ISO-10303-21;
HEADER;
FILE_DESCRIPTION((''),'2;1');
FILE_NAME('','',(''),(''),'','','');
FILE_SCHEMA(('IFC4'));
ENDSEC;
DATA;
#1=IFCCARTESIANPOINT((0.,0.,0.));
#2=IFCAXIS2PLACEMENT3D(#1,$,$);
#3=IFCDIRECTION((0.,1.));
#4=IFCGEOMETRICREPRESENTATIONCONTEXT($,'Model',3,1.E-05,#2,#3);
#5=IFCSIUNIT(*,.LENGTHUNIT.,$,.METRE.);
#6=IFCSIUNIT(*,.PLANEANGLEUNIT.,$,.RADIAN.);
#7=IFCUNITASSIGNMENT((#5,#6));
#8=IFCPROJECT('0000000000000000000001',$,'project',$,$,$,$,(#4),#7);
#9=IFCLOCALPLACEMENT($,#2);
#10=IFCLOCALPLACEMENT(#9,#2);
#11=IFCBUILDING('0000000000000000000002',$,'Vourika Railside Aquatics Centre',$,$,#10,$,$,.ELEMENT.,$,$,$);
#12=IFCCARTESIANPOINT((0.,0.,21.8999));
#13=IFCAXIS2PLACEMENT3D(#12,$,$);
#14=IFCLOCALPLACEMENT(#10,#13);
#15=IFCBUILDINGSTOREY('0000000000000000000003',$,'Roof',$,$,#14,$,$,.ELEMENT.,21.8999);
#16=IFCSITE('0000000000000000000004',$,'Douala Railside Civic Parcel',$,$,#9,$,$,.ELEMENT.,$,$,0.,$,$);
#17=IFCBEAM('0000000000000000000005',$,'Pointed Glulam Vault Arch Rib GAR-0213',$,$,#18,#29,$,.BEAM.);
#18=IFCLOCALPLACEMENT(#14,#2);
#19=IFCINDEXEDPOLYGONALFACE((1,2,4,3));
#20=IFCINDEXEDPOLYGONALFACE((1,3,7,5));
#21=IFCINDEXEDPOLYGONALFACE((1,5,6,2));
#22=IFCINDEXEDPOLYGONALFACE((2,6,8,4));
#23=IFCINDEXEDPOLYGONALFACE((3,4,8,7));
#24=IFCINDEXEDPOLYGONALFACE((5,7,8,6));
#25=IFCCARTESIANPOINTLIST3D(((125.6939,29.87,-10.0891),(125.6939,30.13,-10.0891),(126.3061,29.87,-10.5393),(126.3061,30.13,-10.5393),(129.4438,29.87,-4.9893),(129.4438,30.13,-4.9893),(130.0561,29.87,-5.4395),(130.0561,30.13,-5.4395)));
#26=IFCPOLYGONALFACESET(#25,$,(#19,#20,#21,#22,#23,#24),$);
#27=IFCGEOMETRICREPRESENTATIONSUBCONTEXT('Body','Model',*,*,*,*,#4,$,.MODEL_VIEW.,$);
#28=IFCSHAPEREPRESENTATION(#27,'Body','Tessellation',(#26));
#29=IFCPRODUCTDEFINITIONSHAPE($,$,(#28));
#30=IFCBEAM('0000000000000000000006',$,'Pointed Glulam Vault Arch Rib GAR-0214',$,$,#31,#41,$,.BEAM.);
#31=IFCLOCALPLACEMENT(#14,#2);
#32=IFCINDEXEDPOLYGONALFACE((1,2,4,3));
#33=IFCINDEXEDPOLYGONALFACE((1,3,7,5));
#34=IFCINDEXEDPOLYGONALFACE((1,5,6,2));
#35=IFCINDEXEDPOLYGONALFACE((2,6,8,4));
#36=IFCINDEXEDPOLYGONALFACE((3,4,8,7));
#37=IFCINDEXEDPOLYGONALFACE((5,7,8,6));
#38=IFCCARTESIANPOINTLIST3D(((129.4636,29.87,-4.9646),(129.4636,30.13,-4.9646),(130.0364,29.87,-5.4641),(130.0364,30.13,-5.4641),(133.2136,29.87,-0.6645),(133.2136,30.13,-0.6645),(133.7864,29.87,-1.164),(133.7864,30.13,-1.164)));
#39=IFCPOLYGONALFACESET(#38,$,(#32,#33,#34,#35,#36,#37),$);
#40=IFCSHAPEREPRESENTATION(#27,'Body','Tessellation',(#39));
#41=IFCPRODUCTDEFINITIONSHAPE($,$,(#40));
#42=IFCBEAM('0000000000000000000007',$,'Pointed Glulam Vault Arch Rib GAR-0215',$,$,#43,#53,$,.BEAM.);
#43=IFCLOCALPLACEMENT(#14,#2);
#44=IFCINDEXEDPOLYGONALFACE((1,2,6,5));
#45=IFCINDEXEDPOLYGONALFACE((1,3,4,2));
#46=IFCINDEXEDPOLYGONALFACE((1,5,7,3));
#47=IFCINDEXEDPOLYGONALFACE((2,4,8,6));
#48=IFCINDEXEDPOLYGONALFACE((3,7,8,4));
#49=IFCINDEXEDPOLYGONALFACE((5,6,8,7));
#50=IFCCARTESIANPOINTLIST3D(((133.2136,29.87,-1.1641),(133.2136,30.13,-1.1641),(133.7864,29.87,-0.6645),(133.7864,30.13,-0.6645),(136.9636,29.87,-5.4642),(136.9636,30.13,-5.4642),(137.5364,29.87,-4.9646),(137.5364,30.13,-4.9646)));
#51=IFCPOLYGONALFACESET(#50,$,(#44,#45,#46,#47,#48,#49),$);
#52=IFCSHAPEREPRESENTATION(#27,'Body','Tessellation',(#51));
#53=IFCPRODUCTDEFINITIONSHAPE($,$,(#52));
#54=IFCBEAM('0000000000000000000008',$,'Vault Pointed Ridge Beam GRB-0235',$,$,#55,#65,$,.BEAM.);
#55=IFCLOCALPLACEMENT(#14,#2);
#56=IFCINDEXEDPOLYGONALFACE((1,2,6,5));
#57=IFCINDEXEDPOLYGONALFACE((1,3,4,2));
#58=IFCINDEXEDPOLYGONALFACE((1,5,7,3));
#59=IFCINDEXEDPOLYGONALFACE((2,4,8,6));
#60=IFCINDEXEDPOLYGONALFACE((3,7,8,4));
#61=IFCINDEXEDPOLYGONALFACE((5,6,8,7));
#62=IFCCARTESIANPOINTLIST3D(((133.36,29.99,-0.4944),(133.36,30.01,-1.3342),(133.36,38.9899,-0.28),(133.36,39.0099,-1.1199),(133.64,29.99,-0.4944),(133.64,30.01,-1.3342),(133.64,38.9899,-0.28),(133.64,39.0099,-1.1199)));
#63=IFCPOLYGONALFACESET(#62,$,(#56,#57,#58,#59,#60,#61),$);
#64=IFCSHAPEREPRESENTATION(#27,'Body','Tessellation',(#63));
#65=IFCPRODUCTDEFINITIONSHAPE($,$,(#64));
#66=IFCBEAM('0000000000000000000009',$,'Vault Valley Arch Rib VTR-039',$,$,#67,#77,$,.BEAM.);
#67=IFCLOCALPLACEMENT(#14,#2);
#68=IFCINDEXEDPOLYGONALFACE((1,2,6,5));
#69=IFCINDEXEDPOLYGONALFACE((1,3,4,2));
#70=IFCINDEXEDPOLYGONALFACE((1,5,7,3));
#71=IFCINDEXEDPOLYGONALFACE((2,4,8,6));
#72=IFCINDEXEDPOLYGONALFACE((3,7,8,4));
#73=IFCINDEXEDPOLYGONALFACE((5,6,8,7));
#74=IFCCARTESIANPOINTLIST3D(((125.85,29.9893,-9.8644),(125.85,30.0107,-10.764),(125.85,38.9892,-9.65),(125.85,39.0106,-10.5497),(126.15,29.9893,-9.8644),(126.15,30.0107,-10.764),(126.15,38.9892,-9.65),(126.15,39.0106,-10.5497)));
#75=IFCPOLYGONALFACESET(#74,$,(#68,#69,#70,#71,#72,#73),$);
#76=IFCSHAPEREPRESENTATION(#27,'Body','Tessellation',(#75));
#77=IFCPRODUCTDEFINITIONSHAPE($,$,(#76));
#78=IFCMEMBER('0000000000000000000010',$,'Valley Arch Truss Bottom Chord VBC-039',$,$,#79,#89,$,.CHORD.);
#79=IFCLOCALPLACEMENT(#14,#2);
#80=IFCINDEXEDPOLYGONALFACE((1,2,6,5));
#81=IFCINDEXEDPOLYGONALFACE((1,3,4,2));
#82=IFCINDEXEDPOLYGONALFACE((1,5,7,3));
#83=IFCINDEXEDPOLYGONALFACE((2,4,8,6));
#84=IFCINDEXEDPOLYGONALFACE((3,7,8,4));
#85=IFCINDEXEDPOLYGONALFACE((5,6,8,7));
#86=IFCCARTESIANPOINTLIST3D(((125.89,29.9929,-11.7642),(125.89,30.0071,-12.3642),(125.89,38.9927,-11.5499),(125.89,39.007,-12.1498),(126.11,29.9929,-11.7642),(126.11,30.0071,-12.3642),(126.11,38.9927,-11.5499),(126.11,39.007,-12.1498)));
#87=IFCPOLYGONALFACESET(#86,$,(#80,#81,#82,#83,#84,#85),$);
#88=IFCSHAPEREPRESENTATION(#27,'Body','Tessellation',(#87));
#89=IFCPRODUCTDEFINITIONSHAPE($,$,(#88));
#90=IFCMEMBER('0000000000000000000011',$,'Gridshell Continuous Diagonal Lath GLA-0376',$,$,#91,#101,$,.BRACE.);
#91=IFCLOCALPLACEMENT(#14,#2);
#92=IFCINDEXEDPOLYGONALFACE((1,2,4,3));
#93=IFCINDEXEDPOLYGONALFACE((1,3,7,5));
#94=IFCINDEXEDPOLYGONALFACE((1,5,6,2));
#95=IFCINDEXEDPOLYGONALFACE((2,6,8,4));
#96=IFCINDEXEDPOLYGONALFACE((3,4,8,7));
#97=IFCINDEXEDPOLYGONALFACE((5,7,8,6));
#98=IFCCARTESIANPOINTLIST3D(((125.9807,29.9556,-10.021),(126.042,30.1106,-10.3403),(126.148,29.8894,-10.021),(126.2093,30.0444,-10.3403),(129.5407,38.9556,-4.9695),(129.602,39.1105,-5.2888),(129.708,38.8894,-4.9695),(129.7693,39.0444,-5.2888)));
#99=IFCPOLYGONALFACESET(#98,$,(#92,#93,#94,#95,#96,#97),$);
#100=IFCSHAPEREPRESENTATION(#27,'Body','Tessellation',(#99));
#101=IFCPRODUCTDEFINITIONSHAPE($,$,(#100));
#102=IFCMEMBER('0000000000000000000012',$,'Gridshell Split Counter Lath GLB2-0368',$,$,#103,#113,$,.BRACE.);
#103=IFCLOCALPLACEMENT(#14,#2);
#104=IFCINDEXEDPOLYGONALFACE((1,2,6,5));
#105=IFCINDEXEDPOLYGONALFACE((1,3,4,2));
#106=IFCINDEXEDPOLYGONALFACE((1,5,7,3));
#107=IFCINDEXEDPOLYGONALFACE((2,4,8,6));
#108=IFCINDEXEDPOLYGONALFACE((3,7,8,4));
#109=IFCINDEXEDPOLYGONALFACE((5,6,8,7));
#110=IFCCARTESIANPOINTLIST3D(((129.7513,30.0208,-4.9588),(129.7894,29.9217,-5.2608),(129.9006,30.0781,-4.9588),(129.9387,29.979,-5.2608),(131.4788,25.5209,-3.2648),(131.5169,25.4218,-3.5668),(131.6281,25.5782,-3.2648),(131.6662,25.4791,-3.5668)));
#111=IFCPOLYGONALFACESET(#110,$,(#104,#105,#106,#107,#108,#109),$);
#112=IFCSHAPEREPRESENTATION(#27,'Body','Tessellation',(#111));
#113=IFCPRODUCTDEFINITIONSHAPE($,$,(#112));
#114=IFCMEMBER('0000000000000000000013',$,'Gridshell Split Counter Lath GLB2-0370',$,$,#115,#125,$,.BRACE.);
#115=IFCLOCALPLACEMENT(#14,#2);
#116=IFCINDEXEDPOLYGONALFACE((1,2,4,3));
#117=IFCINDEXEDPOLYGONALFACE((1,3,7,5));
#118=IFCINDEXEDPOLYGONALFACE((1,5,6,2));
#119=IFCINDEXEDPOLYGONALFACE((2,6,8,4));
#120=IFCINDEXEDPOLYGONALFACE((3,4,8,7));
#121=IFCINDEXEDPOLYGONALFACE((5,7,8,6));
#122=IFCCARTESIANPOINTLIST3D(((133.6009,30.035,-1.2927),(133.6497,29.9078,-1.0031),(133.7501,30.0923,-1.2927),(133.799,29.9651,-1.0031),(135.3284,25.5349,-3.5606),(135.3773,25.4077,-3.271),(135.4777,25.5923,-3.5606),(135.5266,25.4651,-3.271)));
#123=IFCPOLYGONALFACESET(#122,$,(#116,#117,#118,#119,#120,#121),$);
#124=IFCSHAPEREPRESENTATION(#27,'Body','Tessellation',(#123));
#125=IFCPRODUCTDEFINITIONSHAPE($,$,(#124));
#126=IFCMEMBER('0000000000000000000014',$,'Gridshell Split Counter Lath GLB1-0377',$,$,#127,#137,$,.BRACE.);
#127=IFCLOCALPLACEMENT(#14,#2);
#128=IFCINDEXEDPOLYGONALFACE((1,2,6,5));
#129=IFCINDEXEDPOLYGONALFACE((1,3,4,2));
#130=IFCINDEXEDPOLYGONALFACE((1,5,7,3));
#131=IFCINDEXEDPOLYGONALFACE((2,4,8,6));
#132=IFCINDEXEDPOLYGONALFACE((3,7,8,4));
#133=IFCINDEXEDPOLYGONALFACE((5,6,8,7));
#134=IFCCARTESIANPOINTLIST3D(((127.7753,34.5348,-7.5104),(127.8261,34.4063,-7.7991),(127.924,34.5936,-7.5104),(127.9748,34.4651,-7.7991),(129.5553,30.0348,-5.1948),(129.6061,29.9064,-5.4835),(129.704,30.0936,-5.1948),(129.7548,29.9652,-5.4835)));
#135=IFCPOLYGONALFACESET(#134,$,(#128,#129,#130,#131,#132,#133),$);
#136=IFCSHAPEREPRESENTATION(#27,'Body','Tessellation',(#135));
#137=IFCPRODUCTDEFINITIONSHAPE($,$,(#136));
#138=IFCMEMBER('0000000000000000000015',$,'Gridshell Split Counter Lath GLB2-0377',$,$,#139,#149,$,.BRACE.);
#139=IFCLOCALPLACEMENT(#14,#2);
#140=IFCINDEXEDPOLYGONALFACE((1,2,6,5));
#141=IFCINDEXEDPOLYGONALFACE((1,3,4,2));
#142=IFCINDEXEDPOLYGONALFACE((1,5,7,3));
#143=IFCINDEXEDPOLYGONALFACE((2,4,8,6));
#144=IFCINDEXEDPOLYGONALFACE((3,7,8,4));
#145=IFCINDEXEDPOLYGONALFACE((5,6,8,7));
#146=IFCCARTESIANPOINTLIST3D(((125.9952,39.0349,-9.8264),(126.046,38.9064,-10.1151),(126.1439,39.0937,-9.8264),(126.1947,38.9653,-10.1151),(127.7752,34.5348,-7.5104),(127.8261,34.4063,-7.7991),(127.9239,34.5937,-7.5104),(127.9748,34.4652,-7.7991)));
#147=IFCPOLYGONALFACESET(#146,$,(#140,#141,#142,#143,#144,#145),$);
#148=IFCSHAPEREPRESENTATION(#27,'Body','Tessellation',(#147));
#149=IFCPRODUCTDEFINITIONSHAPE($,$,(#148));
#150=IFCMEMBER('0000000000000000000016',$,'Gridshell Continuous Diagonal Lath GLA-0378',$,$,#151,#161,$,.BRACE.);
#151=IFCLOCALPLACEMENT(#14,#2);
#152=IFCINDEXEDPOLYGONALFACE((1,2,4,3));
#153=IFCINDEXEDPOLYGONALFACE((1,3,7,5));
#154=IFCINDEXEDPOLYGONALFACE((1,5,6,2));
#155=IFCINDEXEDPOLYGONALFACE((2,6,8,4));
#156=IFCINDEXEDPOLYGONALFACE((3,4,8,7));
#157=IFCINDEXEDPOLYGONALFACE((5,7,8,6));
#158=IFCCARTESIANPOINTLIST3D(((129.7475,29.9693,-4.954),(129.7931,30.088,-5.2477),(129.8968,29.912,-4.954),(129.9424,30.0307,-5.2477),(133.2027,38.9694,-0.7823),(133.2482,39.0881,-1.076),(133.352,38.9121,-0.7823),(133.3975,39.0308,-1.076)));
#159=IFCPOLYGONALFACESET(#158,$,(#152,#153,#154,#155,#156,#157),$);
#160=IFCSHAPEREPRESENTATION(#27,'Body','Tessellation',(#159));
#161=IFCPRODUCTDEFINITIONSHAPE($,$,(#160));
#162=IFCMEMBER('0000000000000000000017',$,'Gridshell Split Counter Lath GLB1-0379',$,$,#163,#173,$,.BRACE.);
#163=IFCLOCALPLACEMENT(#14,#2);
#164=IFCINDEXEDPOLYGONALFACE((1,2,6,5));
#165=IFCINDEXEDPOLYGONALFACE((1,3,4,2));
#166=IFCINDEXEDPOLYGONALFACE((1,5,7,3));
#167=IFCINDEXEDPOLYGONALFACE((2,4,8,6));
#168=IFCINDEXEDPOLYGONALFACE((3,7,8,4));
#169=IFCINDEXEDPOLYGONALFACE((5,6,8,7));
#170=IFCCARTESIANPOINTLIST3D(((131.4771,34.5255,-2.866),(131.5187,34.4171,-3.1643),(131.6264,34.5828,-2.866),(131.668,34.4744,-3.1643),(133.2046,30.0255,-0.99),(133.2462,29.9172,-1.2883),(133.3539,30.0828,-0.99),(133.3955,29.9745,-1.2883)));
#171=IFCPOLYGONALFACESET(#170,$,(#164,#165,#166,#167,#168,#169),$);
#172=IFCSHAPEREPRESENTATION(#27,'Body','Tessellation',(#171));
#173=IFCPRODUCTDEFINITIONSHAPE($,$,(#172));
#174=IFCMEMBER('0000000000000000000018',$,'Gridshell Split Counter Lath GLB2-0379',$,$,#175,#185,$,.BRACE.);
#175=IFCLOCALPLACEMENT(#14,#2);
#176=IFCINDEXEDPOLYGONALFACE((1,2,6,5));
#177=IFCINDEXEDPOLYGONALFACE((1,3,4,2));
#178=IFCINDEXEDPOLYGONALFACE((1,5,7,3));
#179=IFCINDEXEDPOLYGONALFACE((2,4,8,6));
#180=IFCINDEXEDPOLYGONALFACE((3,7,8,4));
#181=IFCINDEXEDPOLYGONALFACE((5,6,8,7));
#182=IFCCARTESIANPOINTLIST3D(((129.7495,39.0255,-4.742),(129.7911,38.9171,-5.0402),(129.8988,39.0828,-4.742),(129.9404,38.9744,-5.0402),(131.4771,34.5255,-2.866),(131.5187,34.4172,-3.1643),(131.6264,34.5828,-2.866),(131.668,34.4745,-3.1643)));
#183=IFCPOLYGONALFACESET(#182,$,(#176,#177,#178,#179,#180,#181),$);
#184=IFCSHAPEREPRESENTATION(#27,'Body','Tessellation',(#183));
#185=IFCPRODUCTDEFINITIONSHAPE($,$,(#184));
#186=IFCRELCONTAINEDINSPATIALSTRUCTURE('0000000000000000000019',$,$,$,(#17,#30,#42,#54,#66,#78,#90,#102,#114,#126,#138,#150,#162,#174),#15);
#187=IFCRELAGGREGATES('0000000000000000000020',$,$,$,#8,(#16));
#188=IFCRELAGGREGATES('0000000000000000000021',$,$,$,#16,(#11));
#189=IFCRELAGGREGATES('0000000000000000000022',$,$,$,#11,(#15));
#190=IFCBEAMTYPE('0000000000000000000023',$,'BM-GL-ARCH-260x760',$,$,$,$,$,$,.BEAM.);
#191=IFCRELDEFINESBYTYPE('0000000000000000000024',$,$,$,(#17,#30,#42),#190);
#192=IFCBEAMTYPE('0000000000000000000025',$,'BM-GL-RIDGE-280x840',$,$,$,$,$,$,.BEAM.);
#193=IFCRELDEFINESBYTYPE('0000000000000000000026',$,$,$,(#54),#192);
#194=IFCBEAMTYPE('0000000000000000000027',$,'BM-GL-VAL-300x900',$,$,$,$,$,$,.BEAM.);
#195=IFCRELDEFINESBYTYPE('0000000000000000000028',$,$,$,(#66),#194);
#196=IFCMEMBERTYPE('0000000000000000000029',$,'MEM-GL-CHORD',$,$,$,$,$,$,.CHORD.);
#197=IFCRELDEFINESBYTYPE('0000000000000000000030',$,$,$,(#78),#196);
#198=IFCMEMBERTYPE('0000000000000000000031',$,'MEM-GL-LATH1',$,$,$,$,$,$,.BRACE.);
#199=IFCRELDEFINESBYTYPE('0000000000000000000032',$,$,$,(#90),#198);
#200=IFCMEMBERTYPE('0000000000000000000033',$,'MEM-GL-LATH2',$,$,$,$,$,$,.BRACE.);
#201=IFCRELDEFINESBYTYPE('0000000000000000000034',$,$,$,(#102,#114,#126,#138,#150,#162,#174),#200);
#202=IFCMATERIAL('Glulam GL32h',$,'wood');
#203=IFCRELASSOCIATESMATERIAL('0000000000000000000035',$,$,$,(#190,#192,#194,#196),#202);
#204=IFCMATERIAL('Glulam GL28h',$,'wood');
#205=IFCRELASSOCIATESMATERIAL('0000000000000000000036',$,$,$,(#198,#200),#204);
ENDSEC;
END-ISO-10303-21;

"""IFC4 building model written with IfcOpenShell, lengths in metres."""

from ifc_helpers import new_model, si_unit, direction, frame, origin, origin_2d, place, context, subcontext, project, spatial, rectangle, extrude, material, material_profile, profile_set, type_object, element, save


model = new_model("IFC4")

# Units and contexts
model_context = context("Model", 3, precision=1e-05, world=origin(), true_north=direction((0.0, 1.0)))
body_context = subcontext(model_context, "Body", "Model", "MODEL_VIEW")
ifc_project = project(units=[si_unit("LENGTHUNIT", "METRE"), si_unit("PLANEANGLEUNIT", "RADIAN")], contexts=[model_context])

# Site, building, storey
site_placement = place(None, origin())
site = spatial("IfcSite", under=ifc_project, at=site_placement, Name="Douala Railside Civic Parcel", CompositionType="ELEMENT", RefElevation=0.0)
building_placement = place(site_placement, origin())
building = spatial("IfcBuilding", under=site, at=building_placement, Name="Vourika Railside Aquatics Centre", CompositionType="ELEMENT")
storey_placement = place(building_placement, frame((0.0, 0.0, 21.8999)))
storey = spatial("IfcBuildingStorey", under=building, at=storey_placement, Name="Roof", CompositionType="ELEMENT", Elevation=21.8999)

# Beams
ifc_material_1 = material(Name="Glulam GL32h", Category="wood")
ifc_material_profile_1 = material_profile(ifc_material_1, rectangle(XDim=0.26, YDim=0.76, at=origin_2d()), Name="GL32h 260x760")
ifc_profile_set_1 = profile_set([ifc_material_profile_1], Name="Glulam GL32h")
beam_type_1 = type_object("IfcBeamType", Name="BM-GL-ARCH-260x760", PredefinedType="BEAM", material=ifc_profile_set_1)
beam_1_placement = place(storey_placement, frame((126.0, 30.0, -10.3142), z_axis=(0.592401, 0.0, 0.805643), x_axis=(0.0, 1.0, 0.0)))
element("IfcBeam", 1, at=beam_1_placement, inside=storey, type_object=beam_type_1, Name="Pointed Glulam Vault Arch Rib GAR-0213", PredefinedType="BEAM", context=body_context, shape_type="SweptSolid", body=[
    extrude(rectangle(XDim=0.26, YDim=0.76, at=origin_2d()), origin(), (0.0, 0.0, 1.0), 6.3301),
])
for number, where, z_axis, x_axis, name in (
    (2, (129.75, 30.0, -5.2144), (0.657259, 0.0, 0.753665), (0.0, 1.0, 0.0), "Pointed Glulam Vault Arch Rib GAR-0214"),
    (3, (133.5, 30.0, -0.9143), (0.657259, 0.0, -0.753665), (0.0, 1.0, 0.0), "Pointed Glulam Vault Arch Rib GAR-0215"),
):
    element("IfcBeam", number, at=place(storey_placement, frame(where, z_axis=z_axis, x_axis=x_axis)), inside=storey, type_object=beam_type_1, Name=name, PredefinedType="BEAM", context=body_context, shape_type="SweptSolid", body=[
        extrude(rectangle(XDim=0.26, YDim=0.76, at=origin_2d()), origin(), (0.0, 0.0, 1.0), 5.7056),
    ])
ifc_material_profile_2 = material_profile(ifc_material_1, rectangle(XDim=0.28, YDim=0.8401, at=origin_2d()), Name="GL32h 280x840")
ifc_profile_set_2 = profile_set([ifc_material_profile_2], Name="Glulam GL32h")
beam_type_2 = type_object("IfcBeamType", Name="BM-GL-RIDGE-280x840", PredefinedType="BEAM", material=ifc_profile_set_2)
beam_2_placement = place(storey_placement, frame((133.5, 30.0, -0.9143), z_axis=(0.0, 0.999716, 0.023811), x_axis=(-1.0, 0.0, 0.0)))
element("IfcBeam", 4, at=beam_2_placement, inside=storey, type_object=beam_type_2, Name="Vault Pointed Ridge Beam GRB-0235", PredefinedType="BEAM", context=body_context, shape_type="SweptSolid", body=[
    extrude(rectangle(XDim=0.28, YDim=0.8401, at=origin_2d()), origin(), (0.0, 0.0, 1.0), 9.0024),
])
ifc_material_profile_3 = material_profile(ifc_material_1, rectangle(XDim=0.3, YDim=0.8999, at=origin_2d()), Name="GL32h 300x900")
ifc_profile_set_3 = profile_set([ifc_material_profile_3], Name="Glulam GL32h")
beam_type_3 = type_object("IfcBeamType", Name="BM-GL-VAL-300x900", PredefinedType="BEAM", material=ifc_profile_set_3)
beam_3_placement = place(storey_placement, frame((126.0, 30.0, -10.3142), z_axis=(0.0, 0.999716, 0.023811), x_axis=(-1.0, 0.0, 0.0)))
element("IfcBeam", 5, at=beam_3_placement, inside=storey, type_object=beam_type_3, Name="Vault Valley Arch Rib VTR-039", PredefinedType="BEAM", context=body_context, shape_type="SweptSolid", body=[
    extrude(rectangle(XDim=0.3, YDim=0.8999, at=origin_2d()), origin(), (0.0, 0.0, 1.0), 9.0024),
])

# Members
ifc_material_profile_4 = material_profile(ifc_material_1, rectangle(XDim=0.22, YDim=0.6001, at=origin_2d()), Name="GL32h 220x600")
ifc_profile_set_4 = profile_set([ifc_material_profile_4], Name="Glulam GL32h")
member_type_1 = type_object("IfcMemberType", Name="MEM-GL-CHORD", PredefinedType="CHORD", material=ifc_profile_set_4)
member_1_placement = place(storey_placement, frame((126.0, 30.0, -12.0642), z_axis=(0.0, 0.999716, 0.023811), x_axis=(-1.0, 0.0, 0.0)))
element("IfcMember", 6, at=member_1_placement, inside=storey, type_object=member_type_1, Name="Valley Arch Truss Bottom Chord VBC-039", PredefinedType="CHORD", context=body_context, shape_type="SweptSolid", body=[
    extrude(rectangle(XDim=0.22, YDim=0.6001, at=origin_2d()), origin(), (0.0, 0.0, 1.0), 9.0024),
])
ifc_material_2 = material(Name="Glulam GL28h", Category="wood")
ifc_material_profile_5 = material_profile(ifc_material_2, rectangle(XDim=0.1799, YDim=0.3601, at=origin_2d()), Name="GL28h 180x360")
ifc_profile_set_5 = profile_set([ifc_material_profile_5], Name="Glulam GL28h")
member_type_2 = type_object("IfcMemberType", Name="MEM-GL-LATH1", PredefinedType="BRACE", material=ifc_profile_set_5)
member_2_placement = place(storey_placement, frame((126.095, 30.0, -10.1807), z_axis=(0.326087, 0.824365, 0.462699), x_axis=(-0.929893, 0.36783, 0.0)))
element("IfcMember", 7, at=member_2_placement, inside=storey, type_object=member_type_2, Name="Gridshell Continuous Diagonal Lath GLA-0376", PredefinedType="BRACE", context=body_context, shape_type="SweptSolid", body=[
    extrude(rectangle(XDim=0.1799, YDim=0.3601, at=origin_2d()), origin(), (0.0, 0.0, 1.0), 10.9175),
])
ifc_material_profile_6 = material_profile(ifc_material_2, rectangle(XDim=0.1599, YDim=0.3201, at=origin_2d()), Name="GL28h 160x320")
ifc_profile_set_6 = profile_set([ifc_material_profile_6], Name="Glulam GL28h")
member_type_3 = type_object("IfcMemberType", Name="MEM-GL-LATH2", PredefinedType="BRACE", material=ifc_profile_set_6)
member_3_placement = place(storey_placement, frame((131.5725, 25.5, -3.4158), z_axis=(-0.338121, 0.880757, -0.331574), x_axis=(-0.93357, -0.358395, 0.0)))
element("IfcMember", 8, at=member_3_placement, inside=storey, type_object=member_type_3, Name="Gridshell Split Counter Lath GLB2-0368", PredefinedType="BRACE", context=body_context, shape_type="SweptSolid", body=[
    extrude(rectangle(XDim=0.1599, YDim=0.3201, at=origin_2d()), origin(), (0.0, 0.0, 1.0), 5.1091),
])
member_4_placement = place(storey_placement, frame((135.4275, 25.5, -3.4158), z_axis=(-0.324296, 0.844746, 0.425719), x_axis=(-0.93357, -0.358395, 0.0)))
element("IfcMember", 9, at=member_4_placement, inside=storey, type_object=member_type_3, Name="Gridshell Split Counter Lath GLB2-0370", PredefinedType="BRACE", context=body_context, shape_type="SweptSolid", body=[
    extrude(rectangle(XDim=0.1599, YDim=0.3201, at=origin_2d()), origin(), (0.0, 0.0, 1.0), 5.3271),
])
member_5_placement = place(storey_placement, frame((129.655, 30.0, -5.3391), z_axis=(-0.331799, 0.838804, -0.431644), x_axis=(-0.929893, -0.36783, 0.0)))
element("IfcMember", 10, at=member_5_placement, inside=storey, type_object=member_type_3, Name="Gridshell Split Counter Lath GLB1-0377", PredefinedType="BRACE", context=body_context, shape_type="SweptSolid", body=[
    extrude(rectangle(XDim=0.1599, YDim=0.3201, at=origin_2d()), origin(), (0.0, 0.0, 1.0), 5.3647),
])
member_6_placement = place(storey_placement, frame((127.875, 34.5, -7.6548), z_axis=(-0.331793, 0.838788, -0.431681), x_axis=(-0.929893, -0.36783, 0.0)))
element("IfcMember", 11, at=member_6_placement, inside=storey, type_object=member_type_3, Name="Gridshell Split Counter Lath GLB2-0377", PredefinedType="BRACE", context=body_context, shape_type="SweptSolid", body=[
    extrude(rectangle(XDim=0.1599, YDim=0.3201, at=origin_2d()), origin(), (0.0, 0.0, 1.0), 5.365),
])
member_7_placement = place(storey_placement, frame((129.845, 30.0, -5.1008), z_axis=(0.328921, 0.856793, 0.397136), x_axis=(-0.93357, 0.358395, 0.0)))
element("IfcMember", 12, at=member_7_placement, inside=storey, type_object=member_type_3, Name="Gridshell Continuous Diagonal Lath GLA-0378", PredefinedType="BRACE", context=body_context, shape_type="SweptSolid", body=[
    extrude(rectangle(XDim=0.1599, YDim=0.3201, at=origin_2d()), origin(), (0.0, 0.0, 1.0), 10.5044),
])
for number, where, z_axis, x_axis, name in (
    (13, (133.3, 30.0, -1.1392), (-0.333992, 0.870003, -0.36269), (-0.93357, -0.358395, 0.0), "Gridshell Split Counter Lath GLB1-0379"),
    (14, (131.5725, 34.5, -3.0151), (-0.333992, 0.870003, -0.36269), (-0.93357, -0.358395, 0.0), "Gridshell Split Counter Lath GLB2-0379"),
):
    element("IfcMember", number, at=place(storey_placement, frame(where, z_axis=z_axis, x_axis=x_axis)), inside=storey, type_object=member_type_3, Name=name, PredefinedType="BRACE", context=body_context, shape_type="SweptSolid", body=[
        extrude(rectangle(XDim=0.1599, YDim=0.3201, at=origin_2d()), origin(), (0.0, 0.0, 1.0), 5.1724),
    ])

save(model, "model.ifc")
